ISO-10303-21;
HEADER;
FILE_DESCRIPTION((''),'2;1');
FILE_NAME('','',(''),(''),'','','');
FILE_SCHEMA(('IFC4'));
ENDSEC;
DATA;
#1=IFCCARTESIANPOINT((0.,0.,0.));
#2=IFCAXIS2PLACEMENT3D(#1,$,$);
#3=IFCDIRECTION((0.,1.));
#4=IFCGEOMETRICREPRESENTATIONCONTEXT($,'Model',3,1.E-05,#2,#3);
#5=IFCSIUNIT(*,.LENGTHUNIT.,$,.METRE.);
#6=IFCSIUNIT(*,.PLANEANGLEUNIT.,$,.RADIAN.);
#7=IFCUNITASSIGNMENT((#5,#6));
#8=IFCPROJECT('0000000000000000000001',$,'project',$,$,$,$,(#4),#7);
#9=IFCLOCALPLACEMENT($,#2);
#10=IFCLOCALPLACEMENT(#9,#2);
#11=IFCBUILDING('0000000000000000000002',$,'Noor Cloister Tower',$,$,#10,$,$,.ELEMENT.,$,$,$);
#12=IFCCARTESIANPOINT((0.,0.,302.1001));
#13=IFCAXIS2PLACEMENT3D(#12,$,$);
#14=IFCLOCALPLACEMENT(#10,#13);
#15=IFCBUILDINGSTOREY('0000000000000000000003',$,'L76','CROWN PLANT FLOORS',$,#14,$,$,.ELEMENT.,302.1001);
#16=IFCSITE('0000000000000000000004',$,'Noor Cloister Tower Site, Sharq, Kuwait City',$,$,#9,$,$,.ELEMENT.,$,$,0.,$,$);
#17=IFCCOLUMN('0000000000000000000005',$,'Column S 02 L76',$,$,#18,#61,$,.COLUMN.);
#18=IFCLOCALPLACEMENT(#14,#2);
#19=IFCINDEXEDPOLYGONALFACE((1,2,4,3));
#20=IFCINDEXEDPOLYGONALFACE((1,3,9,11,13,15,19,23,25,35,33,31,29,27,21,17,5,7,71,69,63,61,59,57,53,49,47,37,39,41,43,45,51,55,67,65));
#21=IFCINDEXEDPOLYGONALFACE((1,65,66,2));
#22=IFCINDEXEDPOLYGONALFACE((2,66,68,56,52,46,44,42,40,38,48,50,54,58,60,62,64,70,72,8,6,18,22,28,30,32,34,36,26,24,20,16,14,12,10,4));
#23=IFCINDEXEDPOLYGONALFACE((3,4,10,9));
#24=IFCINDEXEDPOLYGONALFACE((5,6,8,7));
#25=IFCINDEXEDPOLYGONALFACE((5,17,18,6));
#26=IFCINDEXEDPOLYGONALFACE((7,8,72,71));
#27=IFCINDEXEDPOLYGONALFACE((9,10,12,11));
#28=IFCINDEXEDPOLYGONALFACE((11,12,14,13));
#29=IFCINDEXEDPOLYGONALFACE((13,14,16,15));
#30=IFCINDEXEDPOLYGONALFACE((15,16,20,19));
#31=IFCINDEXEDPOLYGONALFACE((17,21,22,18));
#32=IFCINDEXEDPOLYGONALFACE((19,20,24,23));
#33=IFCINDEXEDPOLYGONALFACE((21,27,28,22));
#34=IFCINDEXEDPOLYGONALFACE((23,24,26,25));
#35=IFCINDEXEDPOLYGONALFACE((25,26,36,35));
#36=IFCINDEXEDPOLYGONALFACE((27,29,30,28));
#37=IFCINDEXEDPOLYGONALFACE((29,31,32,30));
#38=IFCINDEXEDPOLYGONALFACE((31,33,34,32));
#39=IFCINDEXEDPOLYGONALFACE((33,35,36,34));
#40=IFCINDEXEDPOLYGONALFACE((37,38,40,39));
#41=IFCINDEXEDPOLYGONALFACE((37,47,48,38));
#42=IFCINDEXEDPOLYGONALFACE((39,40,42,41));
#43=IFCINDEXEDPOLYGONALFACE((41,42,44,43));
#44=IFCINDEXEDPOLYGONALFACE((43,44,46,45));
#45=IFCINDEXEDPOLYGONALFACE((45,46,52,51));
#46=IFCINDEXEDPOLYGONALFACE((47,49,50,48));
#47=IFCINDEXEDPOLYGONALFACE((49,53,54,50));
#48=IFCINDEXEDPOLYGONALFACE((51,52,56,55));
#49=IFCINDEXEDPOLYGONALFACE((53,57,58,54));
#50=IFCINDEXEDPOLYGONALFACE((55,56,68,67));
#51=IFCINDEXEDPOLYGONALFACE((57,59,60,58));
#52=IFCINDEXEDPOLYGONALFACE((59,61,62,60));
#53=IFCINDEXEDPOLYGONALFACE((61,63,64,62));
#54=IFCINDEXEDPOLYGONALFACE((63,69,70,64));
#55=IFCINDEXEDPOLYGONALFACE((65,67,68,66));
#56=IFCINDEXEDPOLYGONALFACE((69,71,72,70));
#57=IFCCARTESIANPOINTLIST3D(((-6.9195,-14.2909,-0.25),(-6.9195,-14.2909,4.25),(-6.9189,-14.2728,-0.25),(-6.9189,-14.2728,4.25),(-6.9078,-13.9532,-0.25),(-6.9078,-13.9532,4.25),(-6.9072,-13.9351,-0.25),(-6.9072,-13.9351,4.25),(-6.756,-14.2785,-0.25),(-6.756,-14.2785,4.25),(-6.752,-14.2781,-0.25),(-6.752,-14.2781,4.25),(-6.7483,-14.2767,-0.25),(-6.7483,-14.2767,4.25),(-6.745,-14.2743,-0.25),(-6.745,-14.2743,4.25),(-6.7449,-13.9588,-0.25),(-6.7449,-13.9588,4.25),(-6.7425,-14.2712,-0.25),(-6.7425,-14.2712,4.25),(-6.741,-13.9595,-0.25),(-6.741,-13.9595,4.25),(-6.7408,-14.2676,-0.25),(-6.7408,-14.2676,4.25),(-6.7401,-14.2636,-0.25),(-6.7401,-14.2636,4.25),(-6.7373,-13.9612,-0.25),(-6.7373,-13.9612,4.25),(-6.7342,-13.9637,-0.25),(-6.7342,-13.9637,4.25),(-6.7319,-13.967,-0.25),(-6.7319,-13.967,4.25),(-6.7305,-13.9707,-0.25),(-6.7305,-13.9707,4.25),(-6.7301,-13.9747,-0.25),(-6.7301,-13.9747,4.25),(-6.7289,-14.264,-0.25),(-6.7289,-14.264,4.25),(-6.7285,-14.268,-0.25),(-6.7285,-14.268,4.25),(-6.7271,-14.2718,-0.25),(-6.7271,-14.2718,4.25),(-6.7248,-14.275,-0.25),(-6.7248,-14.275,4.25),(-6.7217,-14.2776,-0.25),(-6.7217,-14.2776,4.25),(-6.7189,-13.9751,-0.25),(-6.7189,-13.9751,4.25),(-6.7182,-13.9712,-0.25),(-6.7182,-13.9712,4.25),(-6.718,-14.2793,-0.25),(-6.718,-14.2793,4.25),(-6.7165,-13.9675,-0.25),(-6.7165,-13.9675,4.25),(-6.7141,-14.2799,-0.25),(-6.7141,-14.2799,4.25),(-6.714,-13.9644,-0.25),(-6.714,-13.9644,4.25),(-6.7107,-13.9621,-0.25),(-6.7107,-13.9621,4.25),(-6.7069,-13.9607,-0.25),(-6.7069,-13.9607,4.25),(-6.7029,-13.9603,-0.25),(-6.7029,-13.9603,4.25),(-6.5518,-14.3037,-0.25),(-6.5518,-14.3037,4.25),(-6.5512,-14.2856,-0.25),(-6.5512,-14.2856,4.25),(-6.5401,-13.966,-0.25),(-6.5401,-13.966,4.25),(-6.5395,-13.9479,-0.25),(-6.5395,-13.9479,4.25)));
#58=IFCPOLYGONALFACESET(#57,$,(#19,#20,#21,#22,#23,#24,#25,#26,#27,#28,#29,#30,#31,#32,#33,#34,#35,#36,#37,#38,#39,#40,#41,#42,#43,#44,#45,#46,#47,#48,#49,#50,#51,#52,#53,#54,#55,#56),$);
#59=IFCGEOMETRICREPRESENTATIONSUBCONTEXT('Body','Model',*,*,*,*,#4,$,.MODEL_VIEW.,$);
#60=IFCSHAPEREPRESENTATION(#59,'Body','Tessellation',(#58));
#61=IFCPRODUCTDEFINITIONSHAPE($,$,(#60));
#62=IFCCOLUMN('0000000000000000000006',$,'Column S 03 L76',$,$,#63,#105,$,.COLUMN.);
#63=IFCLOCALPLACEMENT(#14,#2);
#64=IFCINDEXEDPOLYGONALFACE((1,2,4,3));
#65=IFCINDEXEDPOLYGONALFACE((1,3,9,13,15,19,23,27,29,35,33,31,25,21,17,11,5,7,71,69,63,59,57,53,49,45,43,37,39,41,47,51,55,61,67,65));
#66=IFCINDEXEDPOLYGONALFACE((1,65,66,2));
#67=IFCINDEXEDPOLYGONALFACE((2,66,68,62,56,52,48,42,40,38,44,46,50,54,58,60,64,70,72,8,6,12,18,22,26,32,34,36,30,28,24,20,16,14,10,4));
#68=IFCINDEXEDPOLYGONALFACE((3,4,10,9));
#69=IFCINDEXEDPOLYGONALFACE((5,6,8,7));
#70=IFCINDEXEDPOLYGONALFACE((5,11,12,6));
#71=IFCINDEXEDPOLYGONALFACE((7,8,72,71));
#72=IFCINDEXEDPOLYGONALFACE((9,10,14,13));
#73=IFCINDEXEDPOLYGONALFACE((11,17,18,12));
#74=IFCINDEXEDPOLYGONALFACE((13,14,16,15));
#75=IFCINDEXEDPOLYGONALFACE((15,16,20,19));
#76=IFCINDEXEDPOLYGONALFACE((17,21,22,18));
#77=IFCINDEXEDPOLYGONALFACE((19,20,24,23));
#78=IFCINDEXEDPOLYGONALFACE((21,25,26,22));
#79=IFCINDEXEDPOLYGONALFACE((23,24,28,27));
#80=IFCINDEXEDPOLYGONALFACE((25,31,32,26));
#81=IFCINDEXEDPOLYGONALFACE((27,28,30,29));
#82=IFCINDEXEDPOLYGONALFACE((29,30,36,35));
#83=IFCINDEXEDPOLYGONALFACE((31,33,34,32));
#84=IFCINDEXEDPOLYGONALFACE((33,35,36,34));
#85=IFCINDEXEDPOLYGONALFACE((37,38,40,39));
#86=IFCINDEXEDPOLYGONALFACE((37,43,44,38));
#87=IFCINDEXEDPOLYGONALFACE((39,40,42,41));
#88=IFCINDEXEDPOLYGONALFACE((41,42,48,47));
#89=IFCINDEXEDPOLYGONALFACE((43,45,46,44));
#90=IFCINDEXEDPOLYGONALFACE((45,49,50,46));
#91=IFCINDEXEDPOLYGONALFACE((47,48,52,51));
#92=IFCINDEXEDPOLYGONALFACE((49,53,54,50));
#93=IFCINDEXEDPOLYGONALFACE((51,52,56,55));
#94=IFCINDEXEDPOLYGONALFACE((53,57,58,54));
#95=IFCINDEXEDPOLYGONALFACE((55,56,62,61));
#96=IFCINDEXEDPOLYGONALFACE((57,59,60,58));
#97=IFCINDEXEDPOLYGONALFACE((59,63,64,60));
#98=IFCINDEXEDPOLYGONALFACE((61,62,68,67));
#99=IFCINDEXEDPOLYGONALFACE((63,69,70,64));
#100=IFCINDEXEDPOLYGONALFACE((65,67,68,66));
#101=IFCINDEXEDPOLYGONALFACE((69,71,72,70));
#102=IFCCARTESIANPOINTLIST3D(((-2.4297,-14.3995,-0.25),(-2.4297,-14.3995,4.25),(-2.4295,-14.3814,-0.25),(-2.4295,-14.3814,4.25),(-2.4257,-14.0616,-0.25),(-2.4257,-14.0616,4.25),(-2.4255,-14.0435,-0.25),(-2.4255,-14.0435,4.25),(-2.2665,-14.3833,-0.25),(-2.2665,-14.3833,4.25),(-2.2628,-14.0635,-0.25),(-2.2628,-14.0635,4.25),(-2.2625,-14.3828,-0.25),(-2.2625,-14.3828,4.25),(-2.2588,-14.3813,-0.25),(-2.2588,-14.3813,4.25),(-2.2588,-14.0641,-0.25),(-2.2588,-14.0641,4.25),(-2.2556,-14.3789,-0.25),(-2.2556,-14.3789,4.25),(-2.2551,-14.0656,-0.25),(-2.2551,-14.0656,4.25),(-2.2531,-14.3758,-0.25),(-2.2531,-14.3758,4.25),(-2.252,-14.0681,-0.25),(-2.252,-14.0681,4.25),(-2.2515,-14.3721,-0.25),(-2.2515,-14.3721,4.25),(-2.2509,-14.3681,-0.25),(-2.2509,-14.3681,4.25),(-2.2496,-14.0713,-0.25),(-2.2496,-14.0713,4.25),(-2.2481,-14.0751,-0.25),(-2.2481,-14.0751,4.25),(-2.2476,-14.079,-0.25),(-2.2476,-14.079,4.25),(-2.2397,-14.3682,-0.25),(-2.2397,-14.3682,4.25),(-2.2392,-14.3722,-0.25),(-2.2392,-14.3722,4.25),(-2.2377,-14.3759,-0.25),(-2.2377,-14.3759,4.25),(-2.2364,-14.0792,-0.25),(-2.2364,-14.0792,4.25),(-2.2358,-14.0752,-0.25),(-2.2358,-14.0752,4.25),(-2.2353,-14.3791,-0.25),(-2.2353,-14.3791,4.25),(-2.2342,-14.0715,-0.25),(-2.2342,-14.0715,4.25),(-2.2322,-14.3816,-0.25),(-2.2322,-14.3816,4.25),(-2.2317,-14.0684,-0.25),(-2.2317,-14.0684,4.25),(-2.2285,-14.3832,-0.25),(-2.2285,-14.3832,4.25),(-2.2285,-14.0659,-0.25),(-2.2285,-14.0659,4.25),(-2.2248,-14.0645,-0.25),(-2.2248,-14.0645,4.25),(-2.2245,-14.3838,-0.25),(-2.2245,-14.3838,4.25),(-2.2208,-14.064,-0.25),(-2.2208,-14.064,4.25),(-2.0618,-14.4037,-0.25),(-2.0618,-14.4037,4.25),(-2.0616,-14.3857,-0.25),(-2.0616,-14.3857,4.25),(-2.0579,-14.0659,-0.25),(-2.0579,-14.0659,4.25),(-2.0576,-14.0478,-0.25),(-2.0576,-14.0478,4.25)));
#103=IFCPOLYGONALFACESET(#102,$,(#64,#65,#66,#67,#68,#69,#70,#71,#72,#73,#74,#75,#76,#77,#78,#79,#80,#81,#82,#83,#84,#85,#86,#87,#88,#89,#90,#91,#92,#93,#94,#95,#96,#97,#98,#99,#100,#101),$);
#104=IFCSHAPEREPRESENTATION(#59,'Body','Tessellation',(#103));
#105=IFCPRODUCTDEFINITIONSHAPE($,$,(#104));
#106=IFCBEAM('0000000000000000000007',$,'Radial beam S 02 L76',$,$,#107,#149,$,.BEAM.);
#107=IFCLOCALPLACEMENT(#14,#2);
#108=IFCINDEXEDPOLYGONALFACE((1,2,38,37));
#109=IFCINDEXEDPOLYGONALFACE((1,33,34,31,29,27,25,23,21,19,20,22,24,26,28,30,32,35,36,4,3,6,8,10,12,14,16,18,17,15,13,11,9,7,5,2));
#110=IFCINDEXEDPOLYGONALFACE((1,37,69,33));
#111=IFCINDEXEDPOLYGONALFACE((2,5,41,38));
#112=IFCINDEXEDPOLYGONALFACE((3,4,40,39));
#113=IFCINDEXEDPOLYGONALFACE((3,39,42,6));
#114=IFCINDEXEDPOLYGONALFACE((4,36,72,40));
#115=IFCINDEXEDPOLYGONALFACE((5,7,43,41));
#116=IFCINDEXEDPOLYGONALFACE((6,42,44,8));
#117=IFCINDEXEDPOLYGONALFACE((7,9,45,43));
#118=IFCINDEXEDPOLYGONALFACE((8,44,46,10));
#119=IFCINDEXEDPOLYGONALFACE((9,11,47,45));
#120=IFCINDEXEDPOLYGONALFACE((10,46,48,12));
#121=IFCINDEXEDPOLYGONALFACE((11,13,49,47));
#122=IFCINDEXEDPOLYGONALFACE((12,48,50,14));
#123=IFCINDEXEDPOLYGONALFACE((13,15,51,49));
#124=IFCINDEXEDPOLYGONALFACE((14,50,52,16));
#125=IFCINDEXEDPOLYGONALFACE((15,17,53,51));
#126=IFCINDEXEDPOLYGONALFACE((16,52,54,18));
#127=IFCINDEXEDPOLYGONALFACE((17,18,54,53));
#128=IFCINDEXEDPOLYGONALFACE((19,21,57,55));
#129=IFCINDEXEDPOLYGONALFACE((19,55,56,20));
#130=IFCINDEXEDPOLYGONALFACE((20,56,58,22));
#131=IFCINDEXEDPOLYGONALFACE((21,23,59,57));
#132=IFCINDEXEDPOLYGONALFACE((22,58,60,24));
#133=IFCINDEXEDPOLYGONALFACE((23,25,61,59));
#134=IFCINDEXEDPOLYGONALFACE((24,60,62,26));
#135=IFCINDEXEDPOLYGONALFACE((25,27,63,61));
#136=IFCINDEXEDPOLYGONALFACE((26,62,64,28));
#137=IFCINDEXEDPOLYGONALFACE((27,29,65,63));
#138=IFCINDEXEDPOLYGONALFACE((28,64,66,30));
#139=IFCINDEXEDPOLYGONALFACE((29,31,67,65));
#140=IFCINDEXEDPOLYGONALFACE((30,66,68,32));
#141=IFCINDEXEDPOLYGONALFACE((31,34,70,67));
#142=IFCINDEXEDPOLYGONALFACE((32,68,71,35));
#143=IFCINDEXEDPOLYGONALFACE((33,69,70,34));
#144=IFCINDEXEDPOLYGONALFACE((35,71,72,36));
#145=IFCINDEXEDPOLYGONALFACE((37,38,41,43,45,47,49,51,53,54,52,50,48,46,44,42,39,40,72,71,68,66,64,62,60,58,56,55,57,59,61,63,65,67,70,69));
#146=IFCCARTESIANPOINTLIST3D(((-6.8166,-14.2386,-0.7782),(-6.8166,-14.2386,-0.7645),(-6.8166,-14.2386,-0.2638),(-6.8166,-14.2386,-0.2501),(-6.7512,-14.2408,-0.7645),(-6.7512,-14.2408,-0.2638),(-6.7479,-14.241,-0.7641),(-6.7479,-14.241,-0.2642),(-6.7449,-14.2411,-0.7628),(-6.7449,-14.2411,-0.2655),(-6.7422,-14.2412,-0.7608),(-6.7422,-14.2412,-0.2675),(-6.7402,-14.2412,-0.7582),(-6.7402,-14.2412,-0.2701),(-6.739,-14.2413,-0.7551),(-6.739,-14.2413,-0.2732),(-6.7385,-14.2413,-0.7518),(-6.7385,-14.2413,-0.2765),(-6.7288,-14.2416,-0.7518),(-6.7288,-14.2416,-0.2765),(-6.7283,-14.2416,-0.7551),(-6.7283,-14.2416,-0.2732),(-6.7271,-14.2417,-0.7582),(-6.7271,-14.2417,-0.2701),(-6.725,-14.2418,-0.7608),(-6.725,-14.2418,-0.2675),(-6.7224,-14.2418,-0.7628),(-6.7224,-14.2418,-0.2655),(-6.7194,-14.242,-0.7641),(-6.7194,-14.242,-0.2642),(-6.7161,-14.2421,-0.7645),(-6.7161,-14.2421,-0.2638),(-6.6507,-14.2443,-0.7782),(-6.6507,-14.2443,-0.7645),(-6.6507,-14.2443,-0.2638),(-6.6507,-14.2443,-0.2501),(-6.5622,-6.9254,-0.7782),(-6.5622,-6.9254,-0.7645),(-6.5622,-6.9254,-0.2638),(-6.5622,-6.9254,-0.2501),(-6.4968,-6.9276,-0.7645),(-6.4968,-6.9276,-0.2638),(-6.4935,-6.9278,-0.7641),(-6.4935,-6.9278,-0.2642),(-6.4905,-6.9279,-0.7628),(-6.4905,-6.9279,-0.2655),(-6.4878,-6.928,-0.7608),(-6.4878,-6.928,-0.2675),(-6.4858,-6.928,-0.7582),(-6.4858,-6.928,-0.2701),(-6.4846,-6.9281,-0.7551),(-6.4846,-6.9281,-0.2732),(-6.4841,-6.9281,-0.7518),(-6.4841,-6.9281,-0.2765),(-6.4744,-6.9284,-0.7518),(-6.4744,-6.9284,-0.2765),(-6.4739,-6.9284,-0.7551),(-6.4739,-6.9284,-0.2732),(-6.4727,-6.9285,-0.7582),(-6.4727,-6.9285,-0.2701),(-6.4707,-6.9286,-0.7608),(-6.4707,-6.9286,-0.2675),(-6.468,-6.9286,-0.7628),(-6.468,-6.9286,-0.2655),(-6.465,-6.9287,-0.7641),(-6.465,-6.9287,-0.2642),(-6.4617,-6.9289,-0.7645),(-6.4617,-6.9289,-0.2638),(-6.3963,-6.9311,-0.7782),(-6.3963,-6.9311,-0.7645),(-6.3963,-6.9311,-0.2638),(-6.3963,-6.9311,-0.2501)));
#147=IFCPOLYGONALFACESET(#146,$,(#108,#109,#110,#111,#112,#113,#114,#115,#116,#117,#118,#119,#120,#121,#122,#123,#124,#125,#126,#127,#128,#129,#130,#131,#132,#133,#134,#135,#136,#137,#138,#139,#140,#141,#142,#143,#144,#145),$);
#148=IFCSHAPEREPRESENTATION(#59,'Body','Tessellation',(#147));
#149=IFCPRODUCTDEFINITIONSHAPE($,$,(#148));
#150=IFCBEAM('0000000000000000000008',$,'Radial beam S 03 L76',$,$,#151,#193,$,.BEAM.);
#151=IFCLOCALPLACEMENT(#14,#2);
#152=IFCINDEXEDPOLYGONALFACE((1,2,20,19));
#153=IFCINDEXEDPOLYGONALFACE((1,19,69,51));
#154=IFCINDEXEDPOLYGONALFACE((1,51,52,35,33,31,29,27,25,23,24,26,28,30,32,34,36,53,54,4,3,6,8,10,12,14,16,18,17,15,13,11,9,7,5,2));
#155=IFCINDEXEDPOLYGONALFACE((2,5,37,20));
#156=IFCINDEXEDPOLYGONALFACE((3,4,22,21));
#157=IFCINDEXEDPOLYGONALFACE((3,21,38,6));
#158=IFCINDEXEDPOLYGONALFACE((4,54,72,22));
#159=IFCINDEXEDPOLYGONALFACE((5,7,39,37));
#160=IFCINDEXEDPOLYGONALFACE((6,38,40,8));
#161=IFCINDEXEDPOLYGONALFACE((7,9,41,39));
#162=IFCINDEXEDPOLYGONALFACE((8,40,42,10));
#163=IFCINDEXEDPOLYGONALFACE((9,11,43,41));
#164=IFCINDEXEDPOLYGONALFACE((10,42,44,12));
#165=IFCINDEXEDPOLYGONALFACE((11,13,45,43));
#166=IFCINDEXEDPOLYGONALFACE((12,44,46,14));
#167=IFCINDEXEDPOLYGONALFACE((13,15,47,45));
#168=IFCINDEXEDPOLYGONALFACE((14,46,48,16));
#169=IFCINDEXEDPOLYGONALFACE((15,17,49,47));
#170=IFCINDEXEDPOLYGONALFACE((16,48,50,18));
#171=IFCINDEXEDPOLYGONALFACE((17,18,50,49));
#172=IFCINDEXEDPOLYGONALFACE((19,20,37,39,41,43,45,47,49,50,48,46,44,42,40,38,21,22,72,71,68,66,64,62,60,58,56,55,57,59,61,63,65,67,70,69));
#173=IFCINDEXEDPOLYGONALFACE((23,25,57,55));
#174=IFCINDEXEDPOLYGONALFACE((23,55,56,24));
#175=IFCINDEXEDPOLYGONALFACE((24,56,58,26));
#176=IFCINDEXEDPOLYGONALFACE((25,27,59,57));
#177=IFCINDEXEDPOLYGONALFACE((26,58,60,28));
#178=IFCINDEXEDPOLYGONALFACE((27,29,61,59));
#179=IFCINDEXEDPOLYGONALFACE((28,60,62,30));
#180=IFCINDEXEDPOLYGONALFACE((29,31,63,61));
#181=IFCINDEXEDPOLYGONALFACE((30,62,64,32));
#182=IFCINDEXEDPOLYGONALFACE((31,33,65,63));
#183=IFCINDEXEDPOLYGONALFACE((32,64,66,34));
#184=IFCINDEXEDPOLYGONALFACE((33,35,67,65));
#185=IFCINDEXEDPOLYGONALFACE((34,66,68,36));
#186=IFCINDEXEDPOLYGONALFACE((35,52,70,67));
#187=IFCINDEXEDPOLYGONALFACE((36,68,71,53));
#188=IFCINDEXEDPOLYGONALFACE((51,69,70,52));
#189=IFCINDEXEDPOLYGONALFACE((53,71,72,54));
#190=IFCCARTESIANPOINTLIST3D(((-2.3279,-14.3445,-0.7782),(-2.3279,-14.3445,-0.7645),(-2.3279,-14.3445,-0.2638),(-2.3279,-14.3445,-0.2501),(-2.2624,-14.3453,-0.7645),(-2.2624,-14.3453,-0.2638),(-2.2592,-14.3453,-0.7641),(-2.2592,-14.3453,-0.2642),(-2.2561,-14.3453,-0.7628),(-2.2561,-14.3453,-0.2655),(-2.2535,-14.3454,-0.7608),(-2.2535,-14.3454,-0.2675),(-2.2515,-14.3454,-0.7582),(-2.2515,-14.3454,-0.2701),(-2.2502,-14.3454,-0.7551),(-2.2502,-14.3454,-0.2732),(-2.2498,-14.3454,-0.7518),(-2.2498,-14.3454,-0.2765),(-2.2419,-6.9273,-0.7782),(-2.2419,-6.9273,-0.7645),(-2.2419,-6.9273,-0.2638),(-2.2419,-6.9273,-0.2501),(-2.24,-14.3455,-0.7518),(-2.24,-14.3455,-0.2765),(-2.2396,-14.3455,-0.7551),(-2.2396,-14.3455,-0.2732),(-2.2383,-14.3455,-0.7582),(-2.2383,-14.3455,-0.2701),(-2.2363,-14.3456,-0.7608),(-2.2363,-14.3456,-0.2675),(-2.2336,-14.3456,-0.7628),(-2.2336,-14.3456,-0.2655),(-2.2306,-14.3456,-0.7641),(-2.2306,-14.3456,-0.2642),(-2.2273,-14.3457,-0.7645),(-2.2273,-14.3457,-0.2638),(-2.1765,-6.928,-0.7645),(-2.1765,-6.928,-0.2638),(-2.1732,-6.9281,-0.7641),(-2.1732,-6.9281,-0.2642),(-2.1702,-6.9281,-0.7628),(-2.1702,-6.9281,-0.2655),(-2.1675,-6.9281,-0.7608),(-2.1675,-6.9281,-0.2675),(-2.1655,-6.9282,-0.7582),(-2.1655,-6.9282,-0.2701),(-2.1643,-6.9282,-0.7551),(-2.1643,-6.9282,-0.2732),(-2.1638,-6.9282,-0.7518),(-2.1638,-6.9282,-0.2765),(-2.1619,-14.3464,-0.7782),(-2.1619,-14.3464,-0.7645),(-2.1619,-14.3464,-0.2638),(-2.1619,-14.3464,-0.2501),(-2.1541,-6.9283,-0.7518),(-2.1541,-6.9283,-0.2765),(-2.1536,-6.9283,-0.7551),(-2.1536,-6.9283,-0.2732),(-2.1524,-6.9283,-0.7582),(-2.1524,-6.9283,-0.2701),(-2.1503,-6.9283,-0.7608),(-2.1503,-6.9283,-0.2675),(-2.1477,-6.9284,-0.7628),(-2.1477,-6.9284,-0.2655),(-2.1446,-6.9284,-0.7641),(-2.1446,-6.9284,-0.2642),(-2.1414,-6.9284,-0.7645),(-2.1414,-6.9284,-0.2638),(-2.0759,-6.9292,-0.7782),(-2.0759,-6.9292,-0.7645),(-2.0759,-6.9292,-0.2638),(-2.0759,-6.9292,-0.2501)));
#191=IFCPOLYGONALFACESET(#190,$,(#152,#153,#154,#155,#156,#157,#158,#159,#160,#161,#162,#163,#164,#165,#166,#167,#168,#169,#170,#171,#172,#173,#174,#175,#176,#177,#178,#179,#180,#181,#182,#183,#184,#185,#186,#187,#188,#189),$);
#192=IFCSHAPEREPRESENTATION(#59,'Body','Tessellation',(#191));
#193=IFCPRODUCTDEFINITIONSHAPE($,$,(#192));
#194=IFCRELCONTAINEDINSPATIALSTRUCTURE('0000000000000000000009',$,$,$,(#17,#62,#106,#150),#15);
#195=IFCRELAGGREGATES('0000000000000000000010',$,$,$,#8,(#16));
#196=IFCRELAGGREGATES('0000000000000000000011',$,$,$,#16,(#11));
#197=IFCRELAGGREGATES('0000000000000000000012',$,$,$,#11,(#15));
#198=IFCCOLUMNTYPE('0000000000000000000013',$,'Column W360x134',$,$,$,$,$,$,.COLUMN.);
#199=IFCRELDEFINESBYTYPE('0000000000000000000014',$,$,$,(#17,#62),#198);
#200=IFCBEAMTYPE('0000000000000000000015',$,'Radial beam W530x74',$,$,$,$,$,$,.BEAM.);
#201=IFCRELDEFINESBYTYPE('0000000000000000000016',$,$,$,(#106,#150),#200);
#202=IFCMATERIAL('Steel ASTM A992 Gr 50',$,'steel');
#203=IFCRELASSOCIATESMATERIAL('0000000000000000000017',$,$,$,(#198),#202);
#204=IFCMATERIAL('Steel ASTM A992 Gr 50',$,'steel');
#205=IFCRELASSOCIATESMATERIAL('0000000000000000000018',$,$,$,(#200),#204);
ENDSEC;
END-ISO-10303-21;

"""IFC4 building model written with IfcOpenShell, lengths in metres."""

from ifc_helpers import new_model, si_unit, direction, frame, origin, origin_2d, place, context, subcontext, project, spatial, i_section, extrude, material, material_profile, profile_set, type_object, element, save


model = new_model("IFC4")

# Units and contexts
model_context = context("Model", 3, precision=1e-05, world=origin(), true_north=direction((0.0, 1.0)))
body_context = subcontext(model_context, "Body", "Model", "MODEL_VIEW")
ifc_project = project(units=[si_unit("LENGTHUNIT", "METRE"), si_unit("PLANEANGLEUNIT", "RADIAN")], contexts=[model_context])

# Site, building, storey
site_placement = place(None, origin())
site = spatial("IfcSite", under=ifc_project, at=site_placement, Name="Noor Cloister Tower Site, Sharq, Kuwait City", CompositionType="ELEMENT", RefElevation=0.0)
building_placement = place(site_placement, origin())
building = spatial("IfcBuilding", under=site, at=building_placement, Name="Noor Cloister Tower", CompositionType="ELEMENT")
storey_placement = place(building_placement, frame((0.0, 0.0, 302.1001)))
storey = spatial("IfcBuildingStorey", under=building, at=storey_placement, Name="L76", Description="CROWN PLANT FLOORS", CompositionType="ELEMENT", Elevation=302.1001)

# Columns
ifc_material_1 = material(Name="Steel ASTM A992 Gr 50", Category="steel")
ifc_material_profile_1 = material_profile(ifc_material_1, i_section(OverallWidth=0.3679, OverallDepth=0.356, WebThickness=0.0112, FlangeThickness=0.0181, FilletRadius=0.0154, at=origin_2d()), Name="W360x134")
ifc_profile_set_1 = profile_set([ifc_material_profile_1], Name="Steel ASTM A992 Gr 50")
column_type = type_object("IfcColumnType", Name="Column W360x134", PredefinedType="COLUMN", material=ifc_profile_set_1)
for number, where, z_axis, x_axis, name in (
    (1, (-6.7295, -14.1194, -0.25), (0.0, 0.0, 1.0), (0.999395, -0.034782, 0.0), "Column S 02 L76"),
    (2, (-2.2437, -14.2236, -0.25), (0.0, 0.0, 1.0), (0.999933, -0.011596, 0.0), "Column S 03 L76"),
):
    element("IfcColumn", number, at=place(storey_placement, frame(where, z_axis=z_axis, x_axis=x_axis)), inside=storey, type_object=column_type, Name=name, PredefinedType="COLUMN", context=body_context, shape_type="SweptSolid", body=[
        extrude(i_section(OverallWidth=0.3679, OverallDepth=0.356, WebThickness=0.0112, FlangeThickness=0.0181, FilletRadius=0.0154, at=origin_2d()), origin(), (0.0, 0.0, 1.0), 4.5),
    ])

# Beams
ifc_material_2 = material(Name="Steel ASTM A992 Gr 50", Category="steel")
ifc_material_profile_2 = material_profile(ifc_material_2, i_section(OverallWidth=0.166, OverallDepth=0.5281, WebThickness=0.0098, FlangeThickness=0.0137, FilletRadius=0.0127, at=origin_2d()), Name="W530x74")
ifc_profile_set_2 = profile_set([ifc_material_profile_2], Name="Steel ASTM A992 Gr 50")
beam_type_1 = type_object("IfcBeamType", Name="Radial beam W530x74", PredefinedType="BEAM", material=ifc_profile_set_2)
beam_1_placement = place(storey_placement, frame((-6.7336, -14.2415, -0.5142), z_axis=(0.034764, 0.999396, 0.0), x_axis=(-0.999396, 0.034764, 0.0)))
element("IfcBeam", 3, at=beam_1_placement, inside=storey, type_object=beam_type_1, Name="Radial beam S 02 L76", PredefinedType="BEAM", context=body_context, shape_type="SweptSolid", body=[
    extrude(i_section(OverallWidth=0.166, OverallDepth=0.5281, WebThickness=0.0098, FlangeThickness=0.0137, FilletRadius=0.0127, at=origin_2d()), origin(), (0.0, 0.0, 1.0), 7.3176),
])
beam_2_placement = place(storey_placement, frame((-2.2449, -14.3455, -0.5142), z_axis=(0.011585, 0.999933, 0.0), x_axis=(-0.999933, 0.011585, 0.0)))
element("IfcBeam", 4, at=beam_2_placement, inside=storey, type_object=beam_type_1, Name="Radial beam S 03 L76", PredefinedType="BEAM", context=body_context, shape_type="SweptSolid", body=[
    extrude(i_section(OverallWidth=0.166, OverallDepth=0.5281, WebThickness=0.0098, FlangeThickness=0.0137, FilletRadius=0.0127, at=origin_2d()), origin(), (0.0, 0.0, 1.0), 7.4177),
])

save(model, "model.ifc")
